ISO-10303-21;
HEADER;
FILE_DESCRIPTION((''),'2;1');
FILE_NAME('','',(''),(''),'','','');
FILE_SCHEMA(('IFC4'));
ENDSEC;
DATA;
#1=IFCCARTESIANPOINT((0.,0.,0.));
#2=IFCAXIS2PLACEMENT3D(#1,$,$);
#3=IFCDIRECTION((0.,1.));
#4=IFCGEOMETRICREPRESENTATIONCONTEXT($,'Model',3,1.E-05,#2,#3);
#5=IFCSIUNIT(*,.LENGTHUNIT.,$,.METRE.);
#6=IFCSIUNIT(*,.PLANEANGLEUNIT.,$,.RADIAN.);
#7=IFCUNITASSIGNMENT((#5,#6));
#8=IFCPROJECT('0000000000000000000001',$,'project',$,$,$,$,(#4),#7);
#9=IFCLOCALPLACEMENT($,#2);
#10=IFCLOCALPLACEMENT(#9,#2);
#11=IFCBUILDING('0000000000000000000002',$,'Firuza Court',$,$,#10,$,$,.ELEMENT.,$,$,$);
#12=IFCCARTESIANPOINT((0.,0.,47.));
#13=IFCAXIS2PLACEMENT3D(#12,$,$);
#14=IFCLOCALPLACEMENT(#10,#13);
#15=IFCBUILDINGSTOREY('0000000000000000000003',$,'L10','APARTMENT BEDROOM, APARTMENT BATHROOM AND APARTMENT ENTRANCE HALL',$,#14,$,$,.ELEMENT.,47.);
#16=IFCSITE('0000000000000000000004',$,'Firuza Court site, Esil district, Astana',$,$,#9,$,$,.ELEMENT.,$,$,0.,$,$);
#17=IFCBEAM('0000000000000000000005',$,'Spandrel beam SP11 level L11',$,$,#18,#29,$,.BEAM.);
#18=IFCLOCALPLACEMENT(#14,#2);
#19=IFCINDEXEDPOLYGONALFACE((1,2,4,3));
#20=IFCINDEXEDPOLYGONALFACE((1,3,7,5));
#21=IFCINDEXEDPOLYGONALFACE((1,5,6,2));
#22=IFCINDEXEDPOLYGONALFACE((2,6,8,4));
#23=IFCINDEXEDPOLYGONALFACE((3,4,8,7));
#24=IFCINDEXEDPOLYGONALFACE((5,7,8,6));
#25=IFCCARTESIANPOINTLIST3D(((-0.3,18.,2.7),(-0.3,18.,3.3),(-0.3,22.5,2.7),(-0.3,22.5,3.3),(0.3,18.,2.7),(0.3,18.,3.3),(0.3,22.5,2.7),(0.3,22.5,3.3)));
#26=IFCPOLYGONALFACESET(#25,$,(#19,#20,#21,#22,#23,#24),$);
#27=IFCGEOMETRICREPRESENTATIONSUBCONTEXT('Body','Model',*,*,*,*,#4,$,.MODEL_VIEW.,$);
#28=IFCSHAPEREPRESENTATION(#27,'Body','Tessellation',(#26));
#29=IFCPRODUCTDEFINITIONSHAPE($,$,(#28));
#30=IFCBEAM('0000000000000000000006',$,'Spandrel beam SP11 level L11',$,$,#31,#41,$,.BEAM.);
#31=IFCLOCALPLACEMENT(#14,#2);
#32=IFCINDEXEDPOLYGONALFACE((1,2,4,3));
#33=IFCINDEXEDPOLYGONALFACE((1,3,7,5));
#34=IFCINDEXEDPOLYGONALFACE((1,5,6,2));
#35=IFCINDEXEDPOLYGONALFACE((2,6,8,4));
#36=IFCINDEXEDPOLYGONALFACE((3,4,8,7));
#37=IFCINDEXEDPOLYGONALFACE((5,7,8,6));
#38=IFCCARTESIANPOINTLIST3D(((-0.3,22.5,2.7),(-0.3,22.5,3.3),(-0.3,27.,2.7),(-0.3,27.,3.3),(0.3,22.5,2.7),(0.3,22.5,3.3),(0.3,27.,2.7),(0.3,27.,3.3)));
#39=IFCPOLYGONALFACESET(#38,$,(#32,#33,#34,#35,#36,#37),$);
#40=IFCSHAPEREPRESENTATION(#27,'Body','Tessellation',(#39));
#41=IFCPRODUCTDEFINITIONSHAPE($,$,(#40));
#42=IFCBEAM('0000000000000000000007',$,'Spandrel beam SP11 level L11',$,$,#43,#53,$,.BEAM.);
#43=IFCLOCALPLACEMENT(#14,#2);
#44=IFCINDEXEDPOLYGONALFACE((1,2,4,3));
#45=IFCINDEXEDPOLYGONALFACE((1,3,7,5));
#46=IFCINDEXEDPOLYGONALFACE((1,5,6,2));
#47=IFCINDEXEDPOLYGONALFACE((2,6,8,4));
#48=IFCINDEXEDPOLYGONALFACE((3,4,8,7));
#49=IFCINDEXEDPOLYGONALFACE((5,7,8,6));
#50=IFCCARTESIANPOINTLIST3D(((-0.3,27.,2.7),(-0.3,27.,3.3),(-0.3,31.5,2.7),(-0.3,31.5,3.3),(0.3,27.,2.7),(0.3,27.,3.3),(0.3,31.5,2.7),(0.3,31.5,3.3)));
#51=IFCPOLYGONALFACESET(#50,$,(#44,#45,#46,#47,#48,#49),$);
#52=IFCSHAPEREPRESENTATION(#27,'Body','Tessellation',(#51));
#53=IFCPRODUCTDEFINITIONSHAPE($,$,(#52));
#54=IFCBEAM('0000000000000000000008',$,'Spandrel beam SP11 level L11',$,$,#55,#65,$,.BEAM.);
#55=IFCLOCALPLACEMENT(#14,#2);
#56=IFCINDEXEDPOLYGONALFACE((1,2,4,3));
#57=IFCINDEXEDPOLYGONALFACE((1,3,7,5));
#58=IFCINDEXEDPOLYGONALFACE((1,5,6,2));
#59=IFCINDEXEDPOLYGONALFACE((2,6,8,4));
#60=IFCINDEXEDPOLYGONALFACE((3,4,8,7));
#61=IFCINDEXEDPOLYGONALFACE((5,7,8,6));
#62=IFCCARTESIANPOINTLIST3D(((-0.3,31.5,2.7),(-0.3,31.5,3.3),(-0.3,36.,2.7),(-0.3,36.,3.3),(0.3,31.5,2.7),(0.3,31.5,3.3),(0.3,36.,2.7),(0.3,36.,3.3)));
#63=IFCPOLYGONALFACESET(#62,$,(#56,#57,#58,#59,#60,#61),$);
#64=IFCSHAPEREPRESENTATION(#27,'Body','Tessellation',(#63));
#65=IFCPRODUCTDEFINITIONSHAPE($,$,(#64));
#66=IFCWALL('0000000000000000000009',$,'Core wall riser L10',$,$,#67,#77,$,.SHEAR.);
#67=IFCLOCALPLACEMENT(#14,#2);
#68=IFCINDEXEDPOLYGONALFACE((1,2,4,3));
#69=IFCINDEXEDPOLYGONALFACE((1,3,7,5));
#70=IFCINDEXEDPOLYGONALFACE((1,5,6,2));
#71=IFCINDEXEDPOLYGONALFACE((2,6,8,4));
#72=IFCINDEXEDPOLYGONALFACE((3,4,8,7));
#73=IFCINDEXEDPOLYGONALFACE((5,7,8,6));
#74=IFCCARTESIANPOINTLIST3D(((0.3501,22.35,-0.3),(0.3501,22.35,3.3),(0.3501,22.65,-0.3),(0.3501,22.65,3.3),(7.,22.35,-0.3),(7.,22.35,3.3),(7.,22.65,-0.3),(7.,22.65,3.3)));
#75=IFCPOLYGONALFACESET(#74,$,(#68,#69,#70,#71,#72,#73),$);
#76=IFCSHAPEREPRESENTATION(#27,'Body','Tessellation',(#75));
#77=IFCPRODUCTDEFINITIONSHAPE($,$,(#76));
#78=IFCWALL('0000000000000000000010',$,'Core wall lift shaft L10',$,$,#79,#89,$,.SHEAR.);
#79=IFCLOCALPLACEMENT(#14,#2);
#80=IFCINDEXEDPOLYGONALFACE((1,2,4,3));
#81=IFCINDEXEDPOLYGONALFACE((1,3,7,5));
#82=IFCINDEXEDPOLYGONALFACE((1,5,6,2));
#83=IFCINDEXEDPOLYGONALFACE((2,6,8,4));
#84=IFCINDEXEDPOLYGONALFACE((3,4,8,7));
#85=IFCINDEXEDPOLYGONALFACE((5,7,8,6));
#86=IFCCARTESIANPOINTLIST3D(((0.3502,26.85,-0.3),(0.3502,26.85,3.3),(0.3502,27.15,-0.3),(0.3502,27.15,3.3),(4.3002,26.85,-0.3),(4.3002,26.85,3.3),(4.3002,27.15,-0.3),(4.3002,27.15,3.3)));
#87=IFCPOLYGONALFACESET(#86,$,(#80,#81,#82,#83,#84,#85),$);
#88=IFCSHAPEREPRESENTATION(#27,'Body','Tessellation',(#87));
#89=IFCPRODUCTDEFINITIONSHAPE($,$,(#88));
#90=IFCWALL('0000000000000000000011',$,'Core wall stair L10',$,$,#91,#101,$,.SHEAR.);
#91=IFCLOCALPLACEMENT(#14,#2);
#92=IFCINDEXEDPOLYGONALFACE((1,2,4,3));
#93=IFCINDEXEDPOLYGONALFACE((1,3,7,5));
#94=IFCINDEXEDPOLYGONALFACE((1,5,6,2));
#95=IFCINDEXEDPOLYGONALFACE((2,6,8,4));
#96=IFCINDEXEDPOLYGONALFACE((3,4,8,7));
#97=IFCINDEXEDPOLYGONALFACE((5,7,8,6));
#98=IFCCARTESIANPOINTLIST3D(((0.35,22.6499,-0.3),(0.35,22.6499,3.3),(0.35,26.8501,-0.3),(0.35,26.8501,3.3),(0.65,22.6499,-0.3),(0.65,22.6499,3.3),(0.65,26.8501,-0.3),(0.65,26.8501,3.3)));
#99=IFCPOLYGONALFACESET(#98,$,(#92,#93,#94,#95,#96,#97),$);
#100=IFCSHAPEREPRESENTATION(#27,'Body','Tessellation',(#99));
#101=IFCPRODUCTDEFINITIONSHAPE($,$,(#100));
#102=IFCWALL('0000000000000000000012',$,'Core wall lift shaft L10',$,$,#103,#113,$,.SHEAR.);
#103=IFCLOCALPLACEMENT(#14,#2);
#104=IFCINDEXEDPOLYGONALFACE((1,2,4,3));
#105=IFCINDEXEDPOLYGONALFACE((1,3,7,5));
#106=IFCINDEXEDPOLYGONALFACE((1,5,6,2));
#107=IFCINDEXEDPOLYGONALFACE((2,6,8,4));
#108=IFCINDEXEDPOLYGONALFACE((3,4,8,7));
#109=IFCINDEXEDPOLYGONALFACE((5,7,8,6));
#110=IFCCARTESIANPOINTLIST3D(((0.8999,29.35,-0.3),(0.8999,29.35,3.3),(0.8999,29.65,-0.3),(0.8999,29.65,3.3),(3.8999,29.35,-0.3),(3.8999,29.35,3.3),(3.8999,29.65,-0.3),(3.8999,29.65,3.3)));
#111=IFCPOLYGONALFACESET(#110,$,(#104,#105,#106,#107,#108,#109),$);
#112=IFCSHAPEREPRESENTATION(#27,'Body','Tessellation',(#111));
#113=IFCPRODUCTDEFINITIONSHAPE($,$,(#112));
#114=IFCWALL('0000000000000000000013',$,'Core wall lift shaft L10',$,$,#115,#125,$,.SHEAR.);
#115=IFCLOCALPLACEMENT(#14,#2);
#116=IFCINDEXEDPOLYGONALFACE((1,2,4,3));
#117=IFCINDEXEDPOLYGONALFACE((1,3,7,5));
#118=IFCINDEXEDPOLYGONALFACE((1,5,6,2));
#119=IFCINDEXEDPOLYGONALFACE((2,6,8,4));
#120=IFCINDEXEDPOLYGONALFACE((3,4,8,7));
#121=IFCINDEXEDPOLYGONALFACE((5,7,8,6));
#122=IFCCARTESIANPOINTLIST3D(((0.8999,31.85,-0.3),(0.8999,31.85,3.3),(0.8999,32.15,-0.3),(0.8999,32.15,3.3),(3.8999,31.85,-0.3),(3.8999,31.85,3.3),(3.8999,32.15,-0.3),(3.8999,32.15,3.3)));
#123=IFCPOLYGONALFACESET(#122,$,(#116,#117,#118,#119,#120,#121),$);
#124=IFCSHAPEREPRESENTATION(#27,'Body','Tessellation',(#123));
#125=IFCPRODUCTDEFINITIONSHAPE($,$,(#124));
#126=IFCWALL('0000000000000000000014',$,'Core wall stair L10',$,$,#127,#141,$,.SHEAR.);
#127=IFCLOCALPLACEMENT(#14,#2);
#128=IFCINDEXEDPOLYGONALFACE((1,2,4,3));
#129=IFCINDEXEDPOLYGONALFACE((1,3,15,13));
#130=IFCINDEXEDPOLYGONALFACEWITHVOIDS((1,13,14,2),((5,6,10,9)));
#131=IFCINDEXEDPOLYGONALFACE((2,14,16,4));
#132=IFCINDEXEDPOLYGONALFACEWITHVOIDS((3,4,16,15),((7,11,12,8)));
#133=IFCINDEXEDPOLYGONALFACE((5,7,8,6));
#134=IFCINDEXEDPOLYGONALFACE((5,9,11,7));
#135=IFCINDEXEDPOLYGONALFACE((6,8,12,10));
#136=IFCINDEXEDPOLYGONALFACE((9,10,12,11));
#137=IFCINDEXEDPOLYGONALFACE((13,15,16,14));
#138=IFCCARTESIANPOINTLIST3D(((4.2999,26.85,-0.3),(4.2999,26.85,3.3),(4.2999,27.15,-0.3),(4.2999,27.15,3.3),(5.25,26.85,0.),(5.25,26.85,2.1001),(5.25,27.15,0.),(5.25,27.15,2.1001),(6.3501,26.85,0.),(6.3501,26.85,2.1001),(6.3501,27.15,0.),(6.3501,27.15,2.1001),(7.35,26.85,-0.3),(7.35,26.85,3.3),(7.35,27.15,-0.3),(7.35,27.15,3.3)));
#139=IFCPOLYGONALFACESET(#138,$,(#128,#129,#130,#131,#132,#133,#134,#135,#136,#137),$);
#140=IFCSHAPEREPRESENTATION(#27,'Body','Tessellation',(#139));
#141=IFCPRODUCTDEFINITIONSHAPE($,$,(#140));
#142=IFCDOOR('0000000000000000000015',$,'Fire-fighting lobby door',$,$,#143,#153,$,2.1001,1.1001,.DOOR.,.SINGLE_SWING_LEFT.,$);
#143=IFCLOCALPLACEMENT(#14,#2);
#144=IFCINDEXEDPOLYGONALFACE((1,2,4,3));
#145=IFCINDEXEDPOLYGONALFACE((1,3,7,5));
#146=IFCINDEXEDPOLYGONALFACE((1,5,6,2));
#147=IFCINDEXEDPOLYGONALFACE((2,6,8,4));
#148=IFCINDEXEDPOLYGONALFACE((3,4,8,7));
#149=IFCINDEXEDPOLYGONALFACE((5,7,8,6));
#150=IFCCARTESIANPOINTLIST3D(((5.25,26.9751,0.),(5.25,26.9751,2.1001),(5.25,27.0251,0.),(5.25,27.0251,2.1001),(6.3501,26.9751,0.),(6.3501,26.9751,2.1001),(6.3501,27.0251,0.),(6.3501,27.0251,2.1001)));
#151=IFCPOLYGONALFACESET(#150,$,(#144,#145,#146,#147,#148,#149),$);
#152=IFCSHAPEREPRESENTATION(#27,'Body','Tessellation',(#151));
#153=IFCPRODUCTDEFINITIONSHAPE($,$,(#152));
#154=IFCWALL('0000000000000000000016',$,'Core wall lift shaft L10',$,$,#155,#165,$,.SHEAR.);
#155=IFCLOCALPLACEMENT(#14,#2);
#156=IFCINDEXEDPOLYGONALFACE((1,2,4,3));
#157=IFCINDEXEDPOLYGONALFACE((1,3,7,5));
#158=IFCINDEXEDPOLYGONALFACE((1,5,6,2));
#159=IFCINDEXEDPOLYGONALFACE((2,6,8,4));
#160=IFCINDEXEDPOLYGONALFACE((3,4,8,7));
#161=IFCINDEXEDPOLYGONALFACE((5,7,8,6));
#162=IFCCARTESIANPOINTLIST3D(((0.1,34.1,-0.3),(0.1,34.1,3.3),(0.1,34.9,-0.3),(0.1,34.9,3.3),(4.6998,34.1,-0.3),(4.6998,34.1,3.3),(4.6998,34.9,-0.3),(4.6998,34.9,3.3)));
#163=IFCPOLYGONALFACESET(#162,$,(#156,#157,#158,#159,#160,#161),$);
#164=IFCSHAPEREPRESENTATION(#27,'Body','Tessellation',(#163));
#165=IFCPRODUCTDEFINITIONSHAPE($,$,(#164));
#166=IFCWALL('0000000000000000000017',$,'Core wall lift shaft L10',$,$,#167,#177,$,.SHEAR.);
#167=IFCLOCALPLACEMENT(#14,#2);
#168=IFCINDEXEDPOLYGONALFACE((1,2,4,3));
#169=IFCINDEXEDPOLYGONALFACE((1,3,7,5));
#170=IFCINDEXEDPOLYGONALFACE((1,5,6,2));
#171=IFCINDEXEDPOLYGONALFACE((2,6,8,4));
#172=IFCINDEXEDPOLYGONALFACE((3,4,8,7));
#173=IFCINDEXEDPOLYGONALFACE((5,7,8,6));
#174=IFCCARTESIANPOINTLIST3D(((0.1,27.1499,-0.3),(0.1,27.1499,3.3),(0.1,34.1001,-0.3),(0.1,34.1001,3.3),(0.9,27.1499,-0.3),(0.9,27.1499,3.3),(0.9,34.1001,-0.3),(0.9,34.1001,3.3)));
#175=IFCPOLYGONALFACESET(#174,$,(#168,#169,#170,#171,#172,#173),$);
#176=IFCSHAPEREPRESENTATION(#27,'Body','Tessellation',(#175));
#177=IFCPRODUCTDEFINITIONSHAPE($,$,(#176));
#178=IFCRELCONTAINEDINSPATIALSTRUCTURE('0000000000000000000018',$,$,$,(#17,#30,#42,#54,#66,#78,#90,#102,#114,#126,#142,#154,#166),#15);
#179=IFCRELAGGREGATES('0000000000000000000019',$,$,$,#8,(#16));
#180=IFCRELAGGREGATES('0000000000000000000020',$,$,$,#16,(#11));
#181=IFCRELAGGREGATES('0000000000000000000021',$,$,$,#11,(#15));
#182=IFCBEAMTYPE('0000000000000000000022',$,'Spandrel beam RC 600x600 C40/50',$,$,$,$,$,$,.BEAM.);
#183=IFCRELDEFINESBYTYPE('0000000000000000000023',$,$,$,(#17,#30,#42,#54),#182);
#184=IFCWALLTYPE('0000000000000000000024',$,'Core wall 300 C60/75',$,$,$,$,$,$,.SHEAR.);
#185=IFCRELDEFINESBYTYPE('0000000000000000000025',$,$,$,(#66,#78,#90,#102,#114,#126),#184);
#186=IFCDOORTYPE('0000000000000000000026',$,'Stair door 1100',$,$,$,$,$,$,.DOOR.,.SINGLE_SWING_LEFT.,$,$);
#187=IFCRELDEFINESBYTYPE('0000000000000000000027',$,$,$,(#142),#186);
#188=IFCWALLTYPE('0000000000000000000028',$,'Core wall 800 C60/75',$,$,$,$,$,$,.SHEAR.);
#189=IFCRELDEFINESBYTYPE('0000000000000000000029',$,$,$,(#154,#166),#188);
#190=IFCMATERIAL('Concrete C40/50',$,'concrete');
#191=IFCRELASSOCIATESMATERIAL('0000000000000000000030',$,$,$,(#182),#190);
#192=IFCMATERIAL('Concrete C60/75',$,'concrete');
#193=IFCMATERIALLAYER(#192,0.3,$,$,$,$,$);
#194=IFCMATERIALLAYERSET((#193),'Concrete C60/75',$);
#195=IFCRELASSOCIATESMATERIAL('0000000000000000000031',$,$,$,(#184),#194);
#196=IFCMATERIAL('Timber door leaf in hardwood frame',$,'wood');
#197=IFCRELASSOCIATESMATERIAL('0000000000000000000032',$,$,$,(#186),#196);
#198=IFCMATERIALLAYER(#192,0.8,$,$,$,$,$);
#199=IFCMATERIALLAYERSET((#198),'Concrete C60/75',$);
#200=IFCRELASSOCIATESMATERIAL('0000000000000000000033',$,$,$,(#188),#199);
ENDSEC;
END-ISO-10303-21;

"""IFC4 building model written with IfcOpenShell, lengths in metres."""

from ifc_helpers import new_model, si_unit, direction, frame, frame_2d, origin, origin_2d, place, context, subcontext, project, spatial, rectangle, extrude, material, layer, layer_set, material_profile, profile_set, type_object, element, fill, save


model = new_model("IFC4")

# Units and contexts
model_context = context("Model", 3, precision=1e-05, world=origin(), true_north=direction((0.0, 1.0)))
body_context = subcontext(model_context, "Body", "Model", "MODEL_VIEW")
ifc_project = project(units=[si_unit("LENGTHUNIT", "METRE"), si_unit("PLANEANGLEUNIT", "RADIAN")], contexts=[model_context])

# Site, building, storey
site_placement = place(None, origin())
site = spatial("IfcSite", under=ifc_project, at=site_placement, Name="Firuza Court site, Esil district, Astana", CompositionType="ELEMENT", RefElevation=0.0)
building_placement = place(site_placement, origin())
building = spatial("IfcBuilding", under=site, at=building_placement, Name="Firuza Court", CompositionType="ELEMENT")
storey_placement = place(building_placement, frame((0.0, 0.0, 47.0)))
storey = spatial("IfcBuildingStorey", under=building, at=storey_placement, Name="L10", Description="APARTMENT BEDROOM, APARTMENT BATHROOM AND APARTMENT ENTRANCE HALL", CompositionType="ELEMENT", Elevation=47.0)

# Beams
ifc_material_1 = material(Name="Concrete C40/50", Category="concrete")
ifc_material_profile_1 = material_profile(ifc_material_1, rectangle(XDim=0.6001, YDim=0.6001, at=origin_2d()), Name="RC 600x600")
ifc_profile_set_1 = profile_set([ifc_material_profile_1], Name="Concrete C40/50")
beam_type_1 = type_object("IfcBeamType", Name="Spandrel beam RC 600x600 C40/50", PredefinedType="BEAM", material=ifc_profile_set_1)
for number, where, z_axis, x_axis, name in (
    (1, (0.0, 22.5, 3.0), (0.0, -1.0, 0.0), (1.0, 0.0, 0.0), "Spandrel beam SP11 level L11"),
    (2, (0.0, 27.0, 3.0), (0.0, -1.0, 0.0), (1.0, 0.0, 0.0), "Spandrel beam SP11 level L11"),
    (3, (0.0, 31.5, 3.0), (0.0, -1.0, 0.0), (1.0, 0.0, 0.0), "Spandrel beam SP11 level L11"),
    (4, (0.0, 36.0, 3.0), (0.0, -1.0, 0.0), (1.0, 0.0, 0.0), "Spandrel beam SP11 level L11"),
):
    element("IfcBeam", number, at=place(storey_placement, frame(where, z_axis=z_axis, x_axis=x_axis)), inside=storey, type_object=beam_type_1, Name=name, PredefinedType="BEAM", context=body_context, shape_type="SweptSolid", body=[
        extrude(rectangle(XDim=0.6001, YDim=0.6001, at=origin_2d()), origin(), (0.0, 0.0, 1.0), 4.5),
    ])

# Walls
ifc_material_2 = material(Name="Concrete C60/75", Category="concrete")
ifc_layer_1 = layer(ifc_material_2, 0.3)
ifc_layer_set_1 = layer_set([ifc_layer_1], Name="Concrete C60/75")
wall_type_1 = type_object("IfcWallType", Name="Core wall 300 C60/75", PredefinedType="SHEAR", material=ifc_layer_set_1)
wall_1_placement = place(storey_placement, frame((0.3501, 22.5, -0.3), z_axis=(0.0, 0.0, 1.0), x_axis=(1.0, 0.0, 0.0)))
element("IfcWall", 5, at=wall_1_placement, inside=storey, type_object=wall_type_1, Name="Core wall riser L10", PredefinedType="SHEAR", context=body_context, shape_type="SweptSolid", body=[
    extrude(rectangle(XDim=6.6499, YDim=0.3, at=frame_2d((3.325, 0.0))), origin(), (0.0, 0.0, 1.0), 3.6001),
])
wall_2_placement = place(storey_placement, frame((0.3501, 27.0, -0.3), z_axis=(0.0, 0.0, 1.0), x_axis=(1.0, 0.0, 0.0)))
element("IfcWall", 6, at=wall_2_placement, inside=storey, type_object=wall_type_1, Name="Core wall lift shaft L10", PredefinedType="SHEAR", context=body_context, shape_type="SweptSolid", body=[
    extrude(rectangle(XDim=3.95, YDim=0.3, at=frame_2d((1.9751, 0.0))), origin(), (0.0, 0.0, 1.0), 3.6001),
])
wall_3_placement = place(storey_placement, frame((0.5, 22.6499, -0.3), z_axis=(0.0, 0.0, 1.0), x_axis=(0.0, 1.0, 0.0)))
element("IfcWall", 7, at=wall_3_placement, inside=storey, type_object=wall_type_1, Name="Core wall stair L10", PredefinedType="SHEAR", context=body_context, shape_type="SweptSolid", body=[
    extrude(rectangle(XDim=4.2002, YDim=0.3, at=frame_2d((2.1001, 0.0))), origin(), (0.0, 0.0, 1.0), 3.6001),
])
for number, where, z_axis, x_axis, name in (
    (8, (0.8999, 29.5, -0.3), (0.0, 0.0, 1.0), (1.0, 0.0, 0.0), "Core wall lift shaft L10"),
    (9, (0.8999, 32.0, -0.3), (0.0, 0.0, 1.0), (1.0, 0.0, 0.0), "Core wall lift shaft L10"),
):
    element("IfcWall", number, at=place(storey_placement, frame(where, z_axis=z_axis, x_axis=x_axis)), inside=storey, type_object=wall_type_1, Name=name, PredefinedType="SHEAR", context=body_context, shape_type="SweptSolid", body=[
        extrude(rectangle(XDim=3.0, YDim=0.3, at=frame_2d((1.5, 0.0))), origin(), (0.0, 0.0, 1.0), 3.6001),
    ])

# Wall, opening, door
wall_4_placement = place(storey_placement, frame((4.3, 27.0, -0.3), z_axis=(0.0, 0.0, 1.0), x_axis=(1.0, 0.0, 0.0)))
wall_4 = element("IfcWall", 10, at=wall_4_placement, inside=storey, type_object=wall_type_1, Name="Core wall stair L10", PredefinedType="SHEAR", context=body_context, shape_type="SweptSolid", body=[
    extrude(rectangle(XDim=3.05, YDim=0.3, at=frame_2d((1.5249, 0.0))), origin(), (0.0, 0.0, 1.0), 3.6001),
])
opening_1_placement = place(wall_4_placement, frame((0.95, 0.0, 0.3)))
opening_1 = element("IfcOpeningElement", 11, at=opening_1_placement, cuts=wall_4, PredefinedType="OPENING", context=body_context, shape_type="SweptSolid", body=[
    extrude(rectangle(XDim=1.1001, YDim=2.1001, at=frame_2d((0.55, 1.05))), frame((0.0, 0.1621, 0.0), z_axis=(0.0, -1.0, 0.0), x_axis=(1.0, 0.0, 0.0)), (0.0, 0.0, 1.0), 0.324),
])
ifc_material_3 = material(Name="Timber door leaf in hardwood frame", Category="wood")
door_type_1 = type_object("IfcDoorType", Name="Stair door 1100", OperationType="SINGLE_SWING_LEFT", PredefinedType="DOOR", material=ifc_material_3)
door_1_placement = place(opening_1_placement, frame((1.1001, 0.0, 0.0), z_axis=(0.0, 0.0, 1.0), x_axis=(-1.0, 0.0, 0.0)))
door_1 = element("IfcDoor", 12, at=door_1_placement, inside=storey, type_object=door_type_1, Name="Fire-fighting lobby door", OperationType="SINGLE_SWING_LEFT", OverallHeight=2.1001, OverallWidth=1.1001, PredefinedType="DOOR", context=body_context, shape_type="SweptSolid", body=[
    extrude(rectangle(XDim=1.1001, YDim=2.1001, at=frame_2d((0.55, 1.05))), frame((0.0, 0.0249, 0.0), z_axis=(0.0, -1.0, 0.0), x_axis=(1.0, 0.0, 0.0)), (0.0, 0.0, 1.0), 0.05),
])
fill(opening_1, door_1)

# Walls
ifc_layer_2 = layer(ifc_material_2, 0.8)
ifc_layer_set_2 = layer_set([ifc_layer_2], Name="Concrete C60/75")
wall_type_2 = type_object("IfcWallType", Name="Core wall 800 C60/75", PredefinedType="SHEAR", material=ifc_layer_set_2)
wall_5_placement = place(storey_placement, frame((0.1001, 34.5, -0.3), z_axis=(0.0, 0.0, 1.0), x_axis=(1.0, 0.0, 0.0)))
element("IfcWall", 13, at=wall_5_placement, inside=storey, type_object=wall_type_2, Name="Core wall lift shaft L10", PredefinedType="SHEAR", context=body_context, shape_type="SweptSolid", body=[
    extrude(rectangle(XDim=4.5999, YDim=0.8, at=frame_2d((2.2998, 0.0))), origin(), (0.0, 0.0, 1.0), 3.6001),
])
wall_6_placement = place(storey_placement, frame((0.5, 27.1499, -0.3), z_axis=(0.0, 0.0, 1.0), x_axis=(0.0, 1.0, 0.0)))
element("IfcWall", 14, at=wall_6_placement, inside=storey, type_object=wall_type_2, Name="Core wall lift shaft L10", PredefinedType="SHEAR", context=body_context, shape_type="SweptSolid", body=[
    extrude(rectangle(XDim=6.9502, YDim=0.8, at=frame_2d((3.4751, 0.0))), origin(), (0.0, 0.0, 1.0), 3.6001),
])

save(model, "model.ifc")
